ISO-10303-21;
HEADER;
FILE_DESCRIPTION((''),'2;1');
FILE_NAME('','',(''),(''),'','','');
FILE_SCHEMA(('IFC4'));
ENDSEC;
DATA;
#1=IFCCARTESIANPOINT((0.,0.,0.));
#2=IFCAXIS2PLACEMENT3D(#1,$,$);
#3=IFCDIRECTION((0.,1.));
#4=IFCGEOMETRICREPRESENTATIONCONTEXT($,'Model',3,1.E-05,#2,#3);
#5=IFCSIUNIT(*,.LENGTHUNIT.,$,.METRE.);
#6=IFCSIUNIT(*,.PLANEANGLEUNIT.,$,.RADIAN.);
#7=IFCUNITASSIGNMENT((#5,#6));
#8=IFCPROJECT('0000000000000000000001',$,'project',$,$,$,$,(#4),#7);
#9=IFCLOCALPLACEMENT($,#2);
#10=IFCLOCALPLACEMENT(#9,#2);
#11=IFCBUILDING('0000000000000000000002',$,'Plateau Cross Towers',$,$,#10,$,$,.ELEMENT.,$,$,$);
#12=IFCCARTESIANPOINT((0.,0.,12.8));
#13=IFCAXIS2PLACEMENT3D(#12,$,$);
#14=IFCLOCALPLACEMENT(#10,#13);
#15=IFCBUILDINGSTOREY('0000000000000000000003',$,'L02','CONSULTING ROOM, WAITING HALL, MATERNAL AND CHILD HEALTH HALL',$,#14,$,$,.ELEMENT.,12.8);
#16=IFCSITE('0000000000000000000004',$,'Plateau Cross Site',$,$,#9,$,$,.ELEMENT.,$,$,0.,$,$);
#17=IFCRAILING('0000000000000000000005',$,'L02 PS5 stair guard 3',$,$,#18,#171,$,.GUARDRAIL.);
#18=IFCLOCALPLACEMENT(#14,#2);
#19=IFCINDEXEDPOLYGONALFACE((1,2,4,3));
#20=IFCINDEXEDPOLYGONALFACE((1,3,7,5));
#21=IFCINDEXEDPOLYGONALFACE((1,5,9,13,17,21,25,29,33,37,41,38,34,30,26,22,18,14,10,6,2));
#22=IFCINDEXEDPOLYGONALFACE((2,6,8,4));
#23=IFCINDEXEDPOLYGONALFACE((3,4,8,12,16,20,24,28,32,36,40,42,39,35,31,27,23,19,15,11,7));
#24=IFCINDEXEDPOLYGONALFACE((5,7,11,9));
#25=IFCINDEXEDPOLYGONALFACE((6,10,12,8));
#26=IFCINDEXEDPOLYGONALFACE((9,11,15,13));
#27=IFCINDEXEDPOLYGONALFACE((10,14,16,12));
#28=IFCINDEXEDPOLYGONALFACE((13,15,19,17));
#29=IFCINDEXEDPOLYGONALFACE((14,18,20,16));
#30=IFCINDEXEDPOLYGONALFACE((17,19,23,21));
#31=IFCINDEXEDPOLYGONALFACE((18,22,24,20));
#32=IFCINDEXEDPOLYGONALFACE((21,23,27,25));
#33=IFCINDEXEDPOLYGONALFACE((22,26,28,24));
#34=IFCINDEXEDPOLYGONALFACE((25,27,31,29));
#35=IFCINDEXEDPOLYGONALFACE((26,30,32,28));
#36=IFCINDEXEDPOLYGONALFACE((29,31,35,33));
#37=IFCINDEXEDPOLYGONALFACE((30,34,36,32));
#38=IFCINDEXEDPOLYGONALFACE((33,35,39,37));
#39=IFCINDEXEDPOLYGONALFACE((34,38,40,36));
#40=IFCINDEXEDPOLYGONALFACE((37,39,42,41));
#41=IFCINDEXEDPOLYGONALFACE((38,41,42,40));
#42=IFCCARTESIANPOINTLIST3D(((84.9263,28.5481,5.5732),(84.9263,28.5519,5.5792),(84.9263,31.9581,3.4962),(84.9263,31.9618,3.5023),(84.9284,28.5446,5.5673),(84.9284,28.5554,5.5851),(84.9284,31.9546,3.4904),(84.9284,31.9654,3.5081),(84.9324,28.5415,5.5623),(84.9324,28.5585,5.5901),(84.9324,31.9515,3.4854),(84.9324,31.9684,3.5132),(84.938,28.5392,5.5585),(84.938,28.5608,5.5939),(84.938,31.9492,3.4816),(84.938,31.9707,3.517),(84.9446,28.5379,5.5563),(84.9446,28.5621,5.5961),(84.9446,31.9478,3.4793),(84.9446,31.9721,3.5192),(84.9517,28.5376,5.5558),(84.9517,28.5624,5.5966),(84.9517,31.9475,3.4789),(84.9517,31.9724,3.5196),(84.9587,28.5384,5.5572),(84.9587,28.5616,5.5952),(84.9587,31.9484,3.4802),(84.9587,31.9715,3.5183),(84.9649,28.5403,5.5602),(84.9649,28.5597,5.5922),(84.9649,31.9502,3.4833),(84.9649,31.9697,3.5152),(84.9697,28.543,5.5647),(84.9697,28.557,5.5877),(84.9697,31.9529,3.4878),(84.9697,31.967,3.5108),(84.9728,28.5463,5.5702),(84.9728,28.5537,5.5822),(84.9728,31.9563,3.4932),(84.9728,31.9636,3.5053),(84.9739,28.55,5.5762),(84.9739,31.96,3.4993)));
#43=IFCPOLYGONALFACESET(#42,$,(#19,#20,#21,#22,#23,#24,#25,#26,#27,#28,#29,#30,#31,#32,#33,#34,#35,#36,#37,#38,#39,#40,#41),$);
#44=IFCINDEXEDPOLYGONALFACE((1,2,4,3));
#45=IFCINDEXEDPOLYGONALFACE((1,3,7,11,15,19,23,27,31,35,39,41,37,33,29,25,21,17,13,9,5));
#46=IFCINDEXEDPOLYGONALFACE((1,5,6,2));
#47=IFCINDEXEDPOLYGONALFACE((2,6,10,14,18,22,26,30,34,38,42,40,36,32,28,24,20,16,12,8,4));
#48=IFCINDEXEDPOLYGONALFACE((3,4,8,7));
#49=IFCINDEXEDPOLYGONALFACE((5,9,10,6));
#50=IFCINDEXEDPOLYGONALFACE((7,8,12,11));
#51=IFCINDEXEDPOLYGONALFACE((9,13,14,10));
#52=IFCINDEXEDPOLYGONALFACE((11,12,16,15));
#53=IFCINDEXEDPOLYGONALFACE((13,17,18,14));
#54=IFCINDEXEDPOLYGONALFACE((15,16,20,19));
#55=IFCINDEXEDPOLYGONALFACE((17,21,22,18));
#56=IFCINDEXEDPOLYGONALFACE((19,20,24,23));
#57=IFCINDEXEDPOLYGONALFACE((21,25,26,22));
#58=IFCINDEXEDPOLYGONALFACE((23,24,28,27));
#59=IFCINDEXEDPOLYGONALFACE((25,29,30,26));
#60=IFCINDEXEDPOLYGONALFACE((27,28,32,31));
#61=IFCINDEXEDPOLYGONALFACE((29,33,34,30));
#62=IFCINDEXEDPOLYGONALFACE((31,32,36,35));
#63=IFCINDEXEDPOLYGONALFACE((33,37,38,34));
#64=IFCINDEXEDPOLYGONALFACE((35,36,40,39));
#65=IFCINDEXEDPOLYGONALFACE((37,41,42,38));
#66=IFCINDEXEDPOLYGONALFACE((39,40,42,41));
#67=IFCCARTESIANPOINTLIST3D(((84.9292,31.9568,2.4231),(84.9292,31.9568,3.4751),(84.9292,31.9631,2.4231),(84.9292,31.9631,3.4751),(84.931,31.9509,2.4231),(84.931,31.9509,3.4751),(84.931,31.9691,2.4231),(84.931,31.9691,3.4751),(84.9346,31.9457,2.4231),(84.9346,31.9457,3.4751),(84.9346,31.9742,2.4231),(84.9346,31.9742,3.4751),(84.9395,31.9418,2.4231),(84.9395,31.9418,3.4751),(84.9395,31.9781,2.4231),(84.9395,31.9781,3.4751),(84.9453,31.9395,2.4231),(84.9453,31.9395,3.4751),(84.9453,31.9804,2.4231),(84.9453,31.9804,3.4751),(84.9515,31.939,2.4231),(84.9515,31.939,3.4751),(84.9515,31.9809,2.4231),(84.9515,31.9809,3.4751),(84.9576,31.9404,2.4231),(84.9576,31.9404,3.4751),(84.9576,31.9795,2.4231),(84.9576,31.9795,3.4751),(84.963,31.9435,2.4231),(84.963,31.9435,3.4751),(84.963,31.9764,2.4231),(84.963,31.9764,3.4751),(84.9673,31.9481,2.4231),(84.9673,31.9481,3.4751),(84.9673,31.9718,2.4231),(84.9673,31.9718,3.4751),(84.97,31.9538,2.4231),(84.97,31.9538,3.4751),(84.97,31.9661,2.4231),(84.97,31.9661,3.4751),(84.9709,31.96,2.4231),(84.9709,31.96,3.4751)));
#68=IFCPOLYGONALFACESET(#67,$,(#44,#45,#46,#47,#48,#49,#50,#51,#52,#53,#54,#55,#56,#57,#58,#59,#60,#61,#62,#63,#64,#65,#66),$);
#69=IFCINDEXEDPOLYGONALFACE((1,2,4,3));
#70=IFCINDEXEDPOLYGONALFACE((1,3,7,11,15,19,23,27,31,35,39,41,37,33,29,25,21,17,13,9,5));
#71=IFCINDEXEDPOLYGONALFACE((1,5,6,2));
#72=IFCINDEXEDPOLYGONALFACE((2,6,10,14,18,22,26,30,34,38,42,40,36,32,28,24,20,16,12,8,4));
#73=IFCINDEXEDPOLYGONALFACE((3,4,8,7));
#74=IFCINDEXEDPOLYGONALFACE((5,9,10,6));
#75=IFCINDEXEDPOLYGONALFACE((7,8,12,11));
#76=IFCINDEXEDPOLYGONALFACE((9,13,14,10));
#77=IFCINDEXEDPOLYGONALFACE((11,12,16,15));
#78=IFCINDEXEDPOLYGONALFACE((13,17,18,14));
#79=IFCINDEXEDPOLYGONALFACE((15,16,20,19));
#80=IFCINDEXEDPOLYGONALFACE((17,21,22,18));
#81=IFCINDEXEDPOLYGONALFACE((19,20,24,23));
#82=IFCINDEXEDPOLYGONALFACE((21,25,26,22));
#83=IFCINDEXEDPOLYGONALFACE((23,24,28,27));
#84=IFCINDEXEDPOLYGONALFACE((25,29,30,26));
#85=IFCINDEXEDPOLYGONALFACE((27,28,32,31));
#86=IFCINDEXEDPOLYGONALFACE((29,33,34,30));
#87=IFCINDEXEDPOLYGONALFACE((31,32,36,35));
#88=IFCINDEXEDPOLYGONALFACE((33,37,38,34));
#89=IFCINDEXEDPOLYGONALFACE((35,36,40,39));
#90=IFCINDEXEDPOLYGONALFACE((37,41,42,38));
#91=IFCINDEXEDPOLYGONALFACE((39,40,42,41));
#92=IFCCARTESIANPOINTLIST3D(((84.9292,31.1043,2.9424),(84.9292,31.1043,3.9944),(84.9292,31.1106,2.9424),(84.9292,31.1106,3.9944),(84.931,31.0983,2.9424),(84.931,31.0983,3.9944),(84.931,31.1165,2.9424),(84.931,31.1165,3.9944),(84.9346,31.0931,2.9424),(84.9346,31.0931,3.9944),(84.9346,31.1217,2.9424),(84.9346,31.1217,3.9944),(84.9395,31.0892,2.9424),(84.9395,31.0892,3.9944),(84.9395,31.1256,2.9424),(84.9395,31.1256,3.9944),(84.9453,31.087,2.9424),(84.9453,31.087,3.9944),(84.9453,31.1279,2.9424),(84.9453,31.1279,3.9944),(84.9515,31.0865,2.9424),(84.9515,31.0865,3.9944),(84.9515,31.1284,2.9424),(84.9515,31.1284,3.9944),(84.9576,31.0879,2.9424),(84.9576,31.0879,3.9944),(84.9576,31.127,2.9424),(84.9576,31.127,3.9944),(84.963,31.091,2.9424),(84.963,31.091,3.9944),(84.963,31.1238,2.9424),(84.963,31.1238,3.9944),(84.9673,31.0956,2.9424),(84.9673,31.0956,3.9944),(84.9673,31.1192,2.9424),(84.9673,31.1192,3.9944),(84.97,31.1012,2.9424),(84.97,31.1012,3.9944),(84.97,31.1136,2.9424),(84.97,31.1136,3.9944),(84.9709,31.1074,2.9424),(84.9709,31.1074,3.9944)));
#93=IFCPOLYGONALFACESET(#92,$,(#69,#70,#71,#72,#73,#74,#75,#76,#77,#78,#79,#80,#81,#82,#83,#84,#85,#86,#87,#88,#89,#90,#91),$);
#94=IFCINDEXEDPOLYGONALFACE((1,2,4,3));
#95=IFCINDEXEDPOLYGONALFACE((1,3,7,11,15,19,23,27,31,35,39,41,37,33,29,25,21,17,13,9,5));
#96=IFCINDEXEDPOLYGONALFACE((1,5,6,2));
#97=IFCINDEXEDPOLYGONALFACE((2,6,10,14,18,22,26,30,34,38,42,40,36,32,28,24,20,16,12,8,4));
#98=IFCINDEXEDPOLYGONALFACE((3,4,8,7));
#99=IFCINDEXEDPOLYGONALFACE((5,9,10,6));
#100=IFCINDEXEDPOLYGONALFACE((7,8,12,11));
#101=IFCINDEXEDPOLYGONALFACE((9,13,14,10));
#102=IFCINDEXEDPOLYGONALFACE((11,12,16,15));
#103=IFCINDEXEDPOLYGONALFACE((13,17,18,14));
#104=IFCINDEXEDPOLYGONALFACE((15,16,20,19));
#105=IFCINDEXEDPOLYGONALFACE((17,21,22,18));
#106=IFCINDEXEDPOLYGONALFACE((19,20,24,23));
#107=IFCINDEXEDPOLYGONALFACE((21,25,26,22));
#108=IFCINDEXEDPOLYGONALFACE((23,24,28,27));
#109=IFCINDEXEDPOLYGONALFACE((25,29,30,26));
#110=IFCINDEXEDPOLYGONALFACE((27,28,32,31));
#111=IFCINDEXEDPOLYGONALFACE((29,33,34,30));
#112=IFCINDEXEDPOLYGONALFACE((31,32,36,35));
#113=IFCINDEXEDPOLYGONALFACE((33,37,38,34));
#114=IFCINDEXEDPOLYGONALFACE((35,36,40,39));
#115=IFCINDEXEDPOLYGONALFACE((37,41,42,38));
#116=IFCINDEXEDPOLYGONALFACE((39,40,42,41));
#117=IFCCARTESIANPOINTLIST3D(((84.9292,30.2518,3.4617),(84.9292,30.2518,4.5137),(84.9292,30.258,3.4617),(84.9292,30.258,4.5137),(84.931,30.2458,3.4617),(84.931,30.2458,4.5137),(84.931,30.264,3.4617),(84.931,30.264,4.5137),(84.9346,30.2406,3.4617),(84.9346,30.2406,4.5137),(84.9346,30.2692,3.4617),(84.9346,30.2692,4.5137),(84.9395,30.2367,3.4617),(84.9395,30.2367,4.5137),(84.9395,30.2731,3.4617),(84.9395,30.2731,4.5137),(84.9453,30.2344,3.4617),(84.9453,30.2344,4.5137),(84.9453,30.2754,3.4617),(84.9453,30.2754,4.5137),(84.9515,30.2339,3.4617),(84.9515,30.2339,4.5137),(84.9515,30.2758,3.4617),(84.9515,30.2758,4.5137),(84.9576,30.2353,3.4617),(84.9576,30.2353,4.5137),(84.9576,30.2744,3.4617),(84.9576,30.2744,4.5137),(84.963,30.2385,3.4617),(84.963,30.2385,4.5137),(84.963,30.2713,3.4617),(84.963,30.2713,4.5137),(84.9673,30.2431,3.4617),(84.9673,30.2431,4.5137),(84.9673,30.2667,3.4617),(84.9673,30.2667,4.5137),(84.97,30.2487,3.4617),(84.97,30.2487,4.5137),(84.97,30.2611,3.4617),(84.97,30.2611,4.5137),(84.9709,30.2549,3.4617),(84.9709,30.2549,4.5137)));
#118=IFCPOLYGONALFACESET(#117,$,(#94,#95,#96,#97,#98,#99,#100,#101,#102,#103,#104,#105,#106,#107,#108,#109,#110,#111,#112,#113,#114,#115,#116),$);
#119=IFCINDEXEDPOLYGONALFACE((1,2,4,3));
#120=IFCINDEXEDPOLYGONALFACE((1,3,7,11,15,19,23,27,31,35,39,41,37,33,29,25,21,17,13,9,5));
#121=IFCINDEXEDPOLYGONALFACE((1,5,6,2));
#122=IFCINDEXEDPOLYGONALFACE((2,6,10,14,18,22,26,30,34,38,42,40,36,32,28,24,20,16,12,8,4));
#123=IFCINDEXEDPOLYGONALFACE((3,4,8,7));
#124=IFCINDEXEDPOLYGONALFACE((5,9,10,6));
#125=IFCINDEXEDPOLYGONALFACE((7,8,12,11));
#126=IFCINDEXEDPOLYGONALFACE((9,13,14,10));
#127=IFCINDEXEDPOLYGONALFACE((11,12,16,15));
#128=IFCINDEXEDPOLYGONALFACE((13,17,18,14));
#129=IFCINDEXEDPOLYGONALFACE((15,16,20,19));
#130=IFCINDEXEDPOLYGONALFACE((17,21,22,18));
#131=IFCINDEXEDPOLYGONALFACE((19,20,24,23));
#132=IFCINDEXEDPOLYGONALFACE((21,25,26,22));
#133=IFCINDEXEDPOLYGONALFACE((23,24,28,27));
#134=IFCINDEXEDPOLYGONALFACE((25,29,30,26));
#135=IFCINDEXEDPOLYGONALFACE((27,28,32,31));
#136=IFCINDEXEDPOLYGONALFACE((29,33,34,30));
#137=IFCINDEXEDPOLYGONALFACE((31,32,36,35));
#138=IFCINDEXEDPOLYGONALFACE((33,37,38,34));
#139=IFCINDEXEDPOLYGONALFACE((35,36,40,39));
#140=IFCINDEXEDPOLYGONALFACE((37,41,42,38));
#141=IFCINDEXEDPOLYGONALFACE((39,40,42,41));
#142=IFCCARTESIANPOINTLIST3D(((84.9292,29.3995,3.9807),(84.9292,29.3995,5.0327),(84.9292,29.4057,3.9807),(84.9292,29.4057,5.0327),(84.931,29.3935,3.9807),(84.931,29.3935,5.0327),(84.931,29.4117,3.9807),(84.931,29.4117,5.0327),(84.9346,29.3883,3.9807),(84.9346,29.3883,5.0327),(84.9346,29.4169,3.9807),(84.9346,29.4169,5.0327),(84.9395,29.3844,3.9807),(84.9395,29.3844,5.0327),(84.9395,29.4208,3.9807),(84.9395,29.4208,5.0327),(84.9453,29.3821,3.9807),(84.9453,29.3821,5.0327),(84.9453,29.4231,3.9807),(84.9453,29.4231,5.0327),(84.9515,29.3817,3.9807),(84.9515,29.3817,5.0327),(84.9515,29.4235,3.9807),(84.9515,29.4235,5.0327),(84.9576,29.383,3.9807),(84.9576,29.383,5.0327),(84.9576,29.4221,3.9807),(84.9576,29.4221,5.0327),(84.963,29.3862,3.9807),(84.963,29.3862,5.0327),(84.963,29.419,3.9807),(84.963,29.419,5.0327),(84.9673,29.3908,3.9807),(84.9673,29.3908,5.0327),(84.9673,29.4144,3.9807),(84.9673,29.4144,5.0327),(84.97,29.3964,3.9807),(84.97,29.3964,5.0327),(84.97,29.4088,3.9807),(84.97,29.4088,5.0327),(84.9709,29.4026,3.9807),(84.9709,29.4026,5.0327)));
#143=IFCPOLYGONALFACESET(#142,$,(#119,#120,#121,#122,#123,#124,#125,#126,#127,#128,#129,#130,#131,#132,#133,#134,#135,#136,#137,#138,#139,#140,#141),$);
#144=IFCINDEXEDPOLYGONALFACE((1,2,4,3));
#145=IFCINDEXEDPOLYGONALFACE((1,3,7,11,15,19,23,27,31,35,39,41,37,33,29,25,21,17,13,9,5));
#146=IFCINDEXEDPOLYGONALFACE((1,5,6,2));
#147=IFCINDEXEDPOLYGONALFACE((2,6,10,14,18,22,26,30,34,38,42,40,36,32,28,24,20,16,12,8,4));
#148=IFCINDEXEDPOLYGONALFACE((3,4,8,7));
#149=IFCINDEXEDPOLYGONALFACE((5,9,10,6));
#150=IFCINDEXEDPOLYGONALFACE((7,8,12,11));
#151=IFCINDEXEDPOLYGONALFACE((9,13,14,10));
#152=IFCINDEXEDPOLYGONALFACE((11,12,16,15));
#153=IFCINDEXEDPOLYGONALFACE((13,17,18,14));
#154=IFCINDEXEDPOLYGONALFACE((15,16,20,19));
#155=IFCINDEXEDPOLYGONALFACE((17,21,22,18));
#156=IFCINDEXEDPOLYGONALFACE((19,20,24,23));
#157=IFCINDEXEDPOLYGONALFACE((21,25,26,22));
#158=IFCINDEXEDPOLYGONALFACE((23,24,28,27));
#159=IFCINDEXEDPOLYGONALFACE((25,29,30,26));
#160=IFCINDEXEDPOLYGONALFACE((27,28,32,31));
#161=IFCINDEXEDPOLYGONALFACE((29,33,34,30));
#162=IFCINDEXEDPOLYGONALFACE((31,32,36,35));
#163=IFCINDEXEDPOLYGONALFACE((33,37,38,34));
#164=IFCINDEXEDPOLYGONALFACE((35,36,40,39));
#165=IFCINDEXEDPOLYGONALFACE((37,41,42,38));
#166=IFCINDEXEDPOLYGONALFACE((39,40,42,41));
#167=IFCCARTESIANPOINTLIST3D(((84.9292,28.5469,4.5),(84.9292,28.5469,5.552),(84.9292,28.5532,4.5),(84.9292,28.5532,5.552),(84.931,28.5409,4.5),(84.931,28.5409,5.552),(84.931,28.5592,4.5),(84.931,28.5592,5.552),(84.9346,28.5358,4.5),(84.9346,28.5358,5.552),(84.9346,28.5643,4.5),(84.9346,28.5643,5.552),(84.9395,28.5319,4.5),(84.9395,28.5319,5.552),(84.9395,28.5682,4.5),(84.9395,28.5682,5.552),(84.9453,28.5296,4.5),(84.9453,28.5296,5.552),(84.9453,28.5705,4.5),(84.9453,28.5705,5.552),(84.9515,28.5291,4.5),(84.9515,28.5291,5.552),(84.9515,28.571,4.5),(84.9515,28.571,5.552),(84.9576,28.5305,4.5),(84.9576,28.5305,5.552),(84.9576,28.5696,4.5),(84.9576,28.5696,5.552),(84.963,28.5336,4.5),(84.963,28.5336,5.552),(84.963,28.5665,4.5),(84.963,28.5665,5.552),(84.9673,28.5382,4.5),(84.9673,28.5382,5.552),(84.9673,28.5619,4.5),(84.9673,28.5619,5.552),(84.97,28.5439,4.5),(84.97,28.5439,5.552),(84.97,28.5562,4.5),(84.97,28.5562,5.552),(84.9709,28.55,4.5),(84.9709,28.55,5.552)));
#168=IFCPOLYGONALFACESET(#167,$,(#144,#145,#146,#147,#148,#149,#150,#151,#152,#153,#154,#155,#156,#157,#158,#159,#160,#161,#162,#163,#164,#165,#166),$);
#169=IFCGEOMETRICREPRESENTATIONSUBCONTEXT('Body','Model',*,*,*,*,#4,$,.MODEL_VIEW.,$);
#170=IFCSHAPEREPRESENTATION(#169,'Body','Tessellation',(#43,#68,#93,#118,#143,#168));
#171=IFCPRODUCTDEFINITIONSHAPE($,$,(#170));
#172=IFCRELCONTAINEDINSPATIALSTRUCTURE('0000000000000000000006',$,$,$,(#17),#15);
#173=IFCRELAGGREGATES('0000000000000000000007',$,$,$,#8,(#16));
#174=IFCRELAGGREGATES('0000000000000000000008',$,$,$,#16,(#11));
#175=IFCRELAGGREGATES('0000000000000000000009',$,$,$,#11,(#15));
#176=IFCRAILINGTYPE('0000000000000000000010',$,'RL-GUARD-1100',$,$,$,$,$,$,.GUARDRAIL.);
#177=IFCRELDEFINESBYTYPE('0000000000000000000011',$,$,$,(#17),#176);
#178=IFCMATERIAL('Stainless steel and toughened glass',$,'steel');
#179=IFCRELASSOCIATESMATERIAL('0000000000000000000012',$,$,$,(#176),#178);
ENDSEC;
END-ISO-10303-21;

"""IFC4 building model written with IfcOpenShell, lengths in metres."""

from ifc_helpers import new_model, si_unit, direction, frame, origin, origin_2d, place, context, subcontext, project, spatial, circle, extrude, material, type_object, element, save


model = new_model("IFC4")

# Units and contexts
model_context = context("Model", 3, precision=1e-05, world=origin(), true_north=direction((0.0, 1.0)))
body_context = subcontext(model_context, "Body", "Model", "MODEL_VIEW")
ifc_project = project(units=[si_unit("LENGTHUNIT", "METRE"), si_unit("PLANEANGLEUNIT", "RADIAN")], contexts=[model_context])

# Site, building, storey
site_placement = place(None, origin())
site = spatial("IfcSite", under=ifc_project, at=site_placement, Name="Plateau Cross Site", CompositionType="ELEMENT", RefElevation=0.0)
building_placement = place(site_placement, origin())
building = spatial("IfcBuilding", under=site, at=building_placement, Name="Plateau Cross Towers", CompositionType="ELEMENT")
storey_placement = place(building_placement, frame((0.0, 0.0, 12.8)))
storey = spatial("IfcBuildingStorey", under=building, at=storey_placement, Name="L02", Description="CONSULTING ROOM, WAITING HALL, MATERNAL AND CHILD HEALTH HALL", CompositionType="ELEMENT", Elevation=12.8)

# Railing
ifc_material_1 = material(Name="Stainless steel and toughened glass", Category="steel")
railing_type_1 = type_object("IfcRailingType", Name="RL-GUARD-1100", PredefinedType="GUARDRAIL", material=ifc_material_1)
railing_1_placement = place(storey_placement, frame((84.95, 31.96, 2.4231)))
element("IfcRailing", 1, at=railing_1_placement, inside=storey, type_object=railing_type_1, Name="L02 PS5 stair guard 3", PredefinedType="GUARDRAIL", context=body_context, shape_type="SweptSolid", body=[
    extrude(circle(Radius=0.0239, at=origin_2d()), frame((0.0, 0.0, 1.0762), z_axis=(0.0, -0.854053, 0.520186), x_axis=(1.0, 0.0, 0.0)), (0.0, 0.0, 1.0), 3.9927),
    extrude(circle(Radius=0.021, at=origin_2d()), origin(), (0.0, 0.0, 1.0), 1.052),
    extrude(circle(Radius=0.021, at=origin_2d()), frame((0.0, -0.8525, 0.5193)), (0.0, 0.0, 1.0), 1.052),
    extrude(circle(Radius=0.021, at=origin_2d()), frame((0.0, -1.7051, 1.0386)), (0.0, 0.0, 1.0), 1.052),
    extrude(circle(Radius=0.021, at=origin_2d()), frame((0.0, -2.5574, 1.5576)), (0.0, 0.0, 1.0), 1.052),
    extrude(circle(Radius=0.021, at=origin_2d()), frame((0.0, -3.4099, 2.0769)), (0.0, 0.0, 1.0), 1.052),
])

save(model, "model.ifc")
